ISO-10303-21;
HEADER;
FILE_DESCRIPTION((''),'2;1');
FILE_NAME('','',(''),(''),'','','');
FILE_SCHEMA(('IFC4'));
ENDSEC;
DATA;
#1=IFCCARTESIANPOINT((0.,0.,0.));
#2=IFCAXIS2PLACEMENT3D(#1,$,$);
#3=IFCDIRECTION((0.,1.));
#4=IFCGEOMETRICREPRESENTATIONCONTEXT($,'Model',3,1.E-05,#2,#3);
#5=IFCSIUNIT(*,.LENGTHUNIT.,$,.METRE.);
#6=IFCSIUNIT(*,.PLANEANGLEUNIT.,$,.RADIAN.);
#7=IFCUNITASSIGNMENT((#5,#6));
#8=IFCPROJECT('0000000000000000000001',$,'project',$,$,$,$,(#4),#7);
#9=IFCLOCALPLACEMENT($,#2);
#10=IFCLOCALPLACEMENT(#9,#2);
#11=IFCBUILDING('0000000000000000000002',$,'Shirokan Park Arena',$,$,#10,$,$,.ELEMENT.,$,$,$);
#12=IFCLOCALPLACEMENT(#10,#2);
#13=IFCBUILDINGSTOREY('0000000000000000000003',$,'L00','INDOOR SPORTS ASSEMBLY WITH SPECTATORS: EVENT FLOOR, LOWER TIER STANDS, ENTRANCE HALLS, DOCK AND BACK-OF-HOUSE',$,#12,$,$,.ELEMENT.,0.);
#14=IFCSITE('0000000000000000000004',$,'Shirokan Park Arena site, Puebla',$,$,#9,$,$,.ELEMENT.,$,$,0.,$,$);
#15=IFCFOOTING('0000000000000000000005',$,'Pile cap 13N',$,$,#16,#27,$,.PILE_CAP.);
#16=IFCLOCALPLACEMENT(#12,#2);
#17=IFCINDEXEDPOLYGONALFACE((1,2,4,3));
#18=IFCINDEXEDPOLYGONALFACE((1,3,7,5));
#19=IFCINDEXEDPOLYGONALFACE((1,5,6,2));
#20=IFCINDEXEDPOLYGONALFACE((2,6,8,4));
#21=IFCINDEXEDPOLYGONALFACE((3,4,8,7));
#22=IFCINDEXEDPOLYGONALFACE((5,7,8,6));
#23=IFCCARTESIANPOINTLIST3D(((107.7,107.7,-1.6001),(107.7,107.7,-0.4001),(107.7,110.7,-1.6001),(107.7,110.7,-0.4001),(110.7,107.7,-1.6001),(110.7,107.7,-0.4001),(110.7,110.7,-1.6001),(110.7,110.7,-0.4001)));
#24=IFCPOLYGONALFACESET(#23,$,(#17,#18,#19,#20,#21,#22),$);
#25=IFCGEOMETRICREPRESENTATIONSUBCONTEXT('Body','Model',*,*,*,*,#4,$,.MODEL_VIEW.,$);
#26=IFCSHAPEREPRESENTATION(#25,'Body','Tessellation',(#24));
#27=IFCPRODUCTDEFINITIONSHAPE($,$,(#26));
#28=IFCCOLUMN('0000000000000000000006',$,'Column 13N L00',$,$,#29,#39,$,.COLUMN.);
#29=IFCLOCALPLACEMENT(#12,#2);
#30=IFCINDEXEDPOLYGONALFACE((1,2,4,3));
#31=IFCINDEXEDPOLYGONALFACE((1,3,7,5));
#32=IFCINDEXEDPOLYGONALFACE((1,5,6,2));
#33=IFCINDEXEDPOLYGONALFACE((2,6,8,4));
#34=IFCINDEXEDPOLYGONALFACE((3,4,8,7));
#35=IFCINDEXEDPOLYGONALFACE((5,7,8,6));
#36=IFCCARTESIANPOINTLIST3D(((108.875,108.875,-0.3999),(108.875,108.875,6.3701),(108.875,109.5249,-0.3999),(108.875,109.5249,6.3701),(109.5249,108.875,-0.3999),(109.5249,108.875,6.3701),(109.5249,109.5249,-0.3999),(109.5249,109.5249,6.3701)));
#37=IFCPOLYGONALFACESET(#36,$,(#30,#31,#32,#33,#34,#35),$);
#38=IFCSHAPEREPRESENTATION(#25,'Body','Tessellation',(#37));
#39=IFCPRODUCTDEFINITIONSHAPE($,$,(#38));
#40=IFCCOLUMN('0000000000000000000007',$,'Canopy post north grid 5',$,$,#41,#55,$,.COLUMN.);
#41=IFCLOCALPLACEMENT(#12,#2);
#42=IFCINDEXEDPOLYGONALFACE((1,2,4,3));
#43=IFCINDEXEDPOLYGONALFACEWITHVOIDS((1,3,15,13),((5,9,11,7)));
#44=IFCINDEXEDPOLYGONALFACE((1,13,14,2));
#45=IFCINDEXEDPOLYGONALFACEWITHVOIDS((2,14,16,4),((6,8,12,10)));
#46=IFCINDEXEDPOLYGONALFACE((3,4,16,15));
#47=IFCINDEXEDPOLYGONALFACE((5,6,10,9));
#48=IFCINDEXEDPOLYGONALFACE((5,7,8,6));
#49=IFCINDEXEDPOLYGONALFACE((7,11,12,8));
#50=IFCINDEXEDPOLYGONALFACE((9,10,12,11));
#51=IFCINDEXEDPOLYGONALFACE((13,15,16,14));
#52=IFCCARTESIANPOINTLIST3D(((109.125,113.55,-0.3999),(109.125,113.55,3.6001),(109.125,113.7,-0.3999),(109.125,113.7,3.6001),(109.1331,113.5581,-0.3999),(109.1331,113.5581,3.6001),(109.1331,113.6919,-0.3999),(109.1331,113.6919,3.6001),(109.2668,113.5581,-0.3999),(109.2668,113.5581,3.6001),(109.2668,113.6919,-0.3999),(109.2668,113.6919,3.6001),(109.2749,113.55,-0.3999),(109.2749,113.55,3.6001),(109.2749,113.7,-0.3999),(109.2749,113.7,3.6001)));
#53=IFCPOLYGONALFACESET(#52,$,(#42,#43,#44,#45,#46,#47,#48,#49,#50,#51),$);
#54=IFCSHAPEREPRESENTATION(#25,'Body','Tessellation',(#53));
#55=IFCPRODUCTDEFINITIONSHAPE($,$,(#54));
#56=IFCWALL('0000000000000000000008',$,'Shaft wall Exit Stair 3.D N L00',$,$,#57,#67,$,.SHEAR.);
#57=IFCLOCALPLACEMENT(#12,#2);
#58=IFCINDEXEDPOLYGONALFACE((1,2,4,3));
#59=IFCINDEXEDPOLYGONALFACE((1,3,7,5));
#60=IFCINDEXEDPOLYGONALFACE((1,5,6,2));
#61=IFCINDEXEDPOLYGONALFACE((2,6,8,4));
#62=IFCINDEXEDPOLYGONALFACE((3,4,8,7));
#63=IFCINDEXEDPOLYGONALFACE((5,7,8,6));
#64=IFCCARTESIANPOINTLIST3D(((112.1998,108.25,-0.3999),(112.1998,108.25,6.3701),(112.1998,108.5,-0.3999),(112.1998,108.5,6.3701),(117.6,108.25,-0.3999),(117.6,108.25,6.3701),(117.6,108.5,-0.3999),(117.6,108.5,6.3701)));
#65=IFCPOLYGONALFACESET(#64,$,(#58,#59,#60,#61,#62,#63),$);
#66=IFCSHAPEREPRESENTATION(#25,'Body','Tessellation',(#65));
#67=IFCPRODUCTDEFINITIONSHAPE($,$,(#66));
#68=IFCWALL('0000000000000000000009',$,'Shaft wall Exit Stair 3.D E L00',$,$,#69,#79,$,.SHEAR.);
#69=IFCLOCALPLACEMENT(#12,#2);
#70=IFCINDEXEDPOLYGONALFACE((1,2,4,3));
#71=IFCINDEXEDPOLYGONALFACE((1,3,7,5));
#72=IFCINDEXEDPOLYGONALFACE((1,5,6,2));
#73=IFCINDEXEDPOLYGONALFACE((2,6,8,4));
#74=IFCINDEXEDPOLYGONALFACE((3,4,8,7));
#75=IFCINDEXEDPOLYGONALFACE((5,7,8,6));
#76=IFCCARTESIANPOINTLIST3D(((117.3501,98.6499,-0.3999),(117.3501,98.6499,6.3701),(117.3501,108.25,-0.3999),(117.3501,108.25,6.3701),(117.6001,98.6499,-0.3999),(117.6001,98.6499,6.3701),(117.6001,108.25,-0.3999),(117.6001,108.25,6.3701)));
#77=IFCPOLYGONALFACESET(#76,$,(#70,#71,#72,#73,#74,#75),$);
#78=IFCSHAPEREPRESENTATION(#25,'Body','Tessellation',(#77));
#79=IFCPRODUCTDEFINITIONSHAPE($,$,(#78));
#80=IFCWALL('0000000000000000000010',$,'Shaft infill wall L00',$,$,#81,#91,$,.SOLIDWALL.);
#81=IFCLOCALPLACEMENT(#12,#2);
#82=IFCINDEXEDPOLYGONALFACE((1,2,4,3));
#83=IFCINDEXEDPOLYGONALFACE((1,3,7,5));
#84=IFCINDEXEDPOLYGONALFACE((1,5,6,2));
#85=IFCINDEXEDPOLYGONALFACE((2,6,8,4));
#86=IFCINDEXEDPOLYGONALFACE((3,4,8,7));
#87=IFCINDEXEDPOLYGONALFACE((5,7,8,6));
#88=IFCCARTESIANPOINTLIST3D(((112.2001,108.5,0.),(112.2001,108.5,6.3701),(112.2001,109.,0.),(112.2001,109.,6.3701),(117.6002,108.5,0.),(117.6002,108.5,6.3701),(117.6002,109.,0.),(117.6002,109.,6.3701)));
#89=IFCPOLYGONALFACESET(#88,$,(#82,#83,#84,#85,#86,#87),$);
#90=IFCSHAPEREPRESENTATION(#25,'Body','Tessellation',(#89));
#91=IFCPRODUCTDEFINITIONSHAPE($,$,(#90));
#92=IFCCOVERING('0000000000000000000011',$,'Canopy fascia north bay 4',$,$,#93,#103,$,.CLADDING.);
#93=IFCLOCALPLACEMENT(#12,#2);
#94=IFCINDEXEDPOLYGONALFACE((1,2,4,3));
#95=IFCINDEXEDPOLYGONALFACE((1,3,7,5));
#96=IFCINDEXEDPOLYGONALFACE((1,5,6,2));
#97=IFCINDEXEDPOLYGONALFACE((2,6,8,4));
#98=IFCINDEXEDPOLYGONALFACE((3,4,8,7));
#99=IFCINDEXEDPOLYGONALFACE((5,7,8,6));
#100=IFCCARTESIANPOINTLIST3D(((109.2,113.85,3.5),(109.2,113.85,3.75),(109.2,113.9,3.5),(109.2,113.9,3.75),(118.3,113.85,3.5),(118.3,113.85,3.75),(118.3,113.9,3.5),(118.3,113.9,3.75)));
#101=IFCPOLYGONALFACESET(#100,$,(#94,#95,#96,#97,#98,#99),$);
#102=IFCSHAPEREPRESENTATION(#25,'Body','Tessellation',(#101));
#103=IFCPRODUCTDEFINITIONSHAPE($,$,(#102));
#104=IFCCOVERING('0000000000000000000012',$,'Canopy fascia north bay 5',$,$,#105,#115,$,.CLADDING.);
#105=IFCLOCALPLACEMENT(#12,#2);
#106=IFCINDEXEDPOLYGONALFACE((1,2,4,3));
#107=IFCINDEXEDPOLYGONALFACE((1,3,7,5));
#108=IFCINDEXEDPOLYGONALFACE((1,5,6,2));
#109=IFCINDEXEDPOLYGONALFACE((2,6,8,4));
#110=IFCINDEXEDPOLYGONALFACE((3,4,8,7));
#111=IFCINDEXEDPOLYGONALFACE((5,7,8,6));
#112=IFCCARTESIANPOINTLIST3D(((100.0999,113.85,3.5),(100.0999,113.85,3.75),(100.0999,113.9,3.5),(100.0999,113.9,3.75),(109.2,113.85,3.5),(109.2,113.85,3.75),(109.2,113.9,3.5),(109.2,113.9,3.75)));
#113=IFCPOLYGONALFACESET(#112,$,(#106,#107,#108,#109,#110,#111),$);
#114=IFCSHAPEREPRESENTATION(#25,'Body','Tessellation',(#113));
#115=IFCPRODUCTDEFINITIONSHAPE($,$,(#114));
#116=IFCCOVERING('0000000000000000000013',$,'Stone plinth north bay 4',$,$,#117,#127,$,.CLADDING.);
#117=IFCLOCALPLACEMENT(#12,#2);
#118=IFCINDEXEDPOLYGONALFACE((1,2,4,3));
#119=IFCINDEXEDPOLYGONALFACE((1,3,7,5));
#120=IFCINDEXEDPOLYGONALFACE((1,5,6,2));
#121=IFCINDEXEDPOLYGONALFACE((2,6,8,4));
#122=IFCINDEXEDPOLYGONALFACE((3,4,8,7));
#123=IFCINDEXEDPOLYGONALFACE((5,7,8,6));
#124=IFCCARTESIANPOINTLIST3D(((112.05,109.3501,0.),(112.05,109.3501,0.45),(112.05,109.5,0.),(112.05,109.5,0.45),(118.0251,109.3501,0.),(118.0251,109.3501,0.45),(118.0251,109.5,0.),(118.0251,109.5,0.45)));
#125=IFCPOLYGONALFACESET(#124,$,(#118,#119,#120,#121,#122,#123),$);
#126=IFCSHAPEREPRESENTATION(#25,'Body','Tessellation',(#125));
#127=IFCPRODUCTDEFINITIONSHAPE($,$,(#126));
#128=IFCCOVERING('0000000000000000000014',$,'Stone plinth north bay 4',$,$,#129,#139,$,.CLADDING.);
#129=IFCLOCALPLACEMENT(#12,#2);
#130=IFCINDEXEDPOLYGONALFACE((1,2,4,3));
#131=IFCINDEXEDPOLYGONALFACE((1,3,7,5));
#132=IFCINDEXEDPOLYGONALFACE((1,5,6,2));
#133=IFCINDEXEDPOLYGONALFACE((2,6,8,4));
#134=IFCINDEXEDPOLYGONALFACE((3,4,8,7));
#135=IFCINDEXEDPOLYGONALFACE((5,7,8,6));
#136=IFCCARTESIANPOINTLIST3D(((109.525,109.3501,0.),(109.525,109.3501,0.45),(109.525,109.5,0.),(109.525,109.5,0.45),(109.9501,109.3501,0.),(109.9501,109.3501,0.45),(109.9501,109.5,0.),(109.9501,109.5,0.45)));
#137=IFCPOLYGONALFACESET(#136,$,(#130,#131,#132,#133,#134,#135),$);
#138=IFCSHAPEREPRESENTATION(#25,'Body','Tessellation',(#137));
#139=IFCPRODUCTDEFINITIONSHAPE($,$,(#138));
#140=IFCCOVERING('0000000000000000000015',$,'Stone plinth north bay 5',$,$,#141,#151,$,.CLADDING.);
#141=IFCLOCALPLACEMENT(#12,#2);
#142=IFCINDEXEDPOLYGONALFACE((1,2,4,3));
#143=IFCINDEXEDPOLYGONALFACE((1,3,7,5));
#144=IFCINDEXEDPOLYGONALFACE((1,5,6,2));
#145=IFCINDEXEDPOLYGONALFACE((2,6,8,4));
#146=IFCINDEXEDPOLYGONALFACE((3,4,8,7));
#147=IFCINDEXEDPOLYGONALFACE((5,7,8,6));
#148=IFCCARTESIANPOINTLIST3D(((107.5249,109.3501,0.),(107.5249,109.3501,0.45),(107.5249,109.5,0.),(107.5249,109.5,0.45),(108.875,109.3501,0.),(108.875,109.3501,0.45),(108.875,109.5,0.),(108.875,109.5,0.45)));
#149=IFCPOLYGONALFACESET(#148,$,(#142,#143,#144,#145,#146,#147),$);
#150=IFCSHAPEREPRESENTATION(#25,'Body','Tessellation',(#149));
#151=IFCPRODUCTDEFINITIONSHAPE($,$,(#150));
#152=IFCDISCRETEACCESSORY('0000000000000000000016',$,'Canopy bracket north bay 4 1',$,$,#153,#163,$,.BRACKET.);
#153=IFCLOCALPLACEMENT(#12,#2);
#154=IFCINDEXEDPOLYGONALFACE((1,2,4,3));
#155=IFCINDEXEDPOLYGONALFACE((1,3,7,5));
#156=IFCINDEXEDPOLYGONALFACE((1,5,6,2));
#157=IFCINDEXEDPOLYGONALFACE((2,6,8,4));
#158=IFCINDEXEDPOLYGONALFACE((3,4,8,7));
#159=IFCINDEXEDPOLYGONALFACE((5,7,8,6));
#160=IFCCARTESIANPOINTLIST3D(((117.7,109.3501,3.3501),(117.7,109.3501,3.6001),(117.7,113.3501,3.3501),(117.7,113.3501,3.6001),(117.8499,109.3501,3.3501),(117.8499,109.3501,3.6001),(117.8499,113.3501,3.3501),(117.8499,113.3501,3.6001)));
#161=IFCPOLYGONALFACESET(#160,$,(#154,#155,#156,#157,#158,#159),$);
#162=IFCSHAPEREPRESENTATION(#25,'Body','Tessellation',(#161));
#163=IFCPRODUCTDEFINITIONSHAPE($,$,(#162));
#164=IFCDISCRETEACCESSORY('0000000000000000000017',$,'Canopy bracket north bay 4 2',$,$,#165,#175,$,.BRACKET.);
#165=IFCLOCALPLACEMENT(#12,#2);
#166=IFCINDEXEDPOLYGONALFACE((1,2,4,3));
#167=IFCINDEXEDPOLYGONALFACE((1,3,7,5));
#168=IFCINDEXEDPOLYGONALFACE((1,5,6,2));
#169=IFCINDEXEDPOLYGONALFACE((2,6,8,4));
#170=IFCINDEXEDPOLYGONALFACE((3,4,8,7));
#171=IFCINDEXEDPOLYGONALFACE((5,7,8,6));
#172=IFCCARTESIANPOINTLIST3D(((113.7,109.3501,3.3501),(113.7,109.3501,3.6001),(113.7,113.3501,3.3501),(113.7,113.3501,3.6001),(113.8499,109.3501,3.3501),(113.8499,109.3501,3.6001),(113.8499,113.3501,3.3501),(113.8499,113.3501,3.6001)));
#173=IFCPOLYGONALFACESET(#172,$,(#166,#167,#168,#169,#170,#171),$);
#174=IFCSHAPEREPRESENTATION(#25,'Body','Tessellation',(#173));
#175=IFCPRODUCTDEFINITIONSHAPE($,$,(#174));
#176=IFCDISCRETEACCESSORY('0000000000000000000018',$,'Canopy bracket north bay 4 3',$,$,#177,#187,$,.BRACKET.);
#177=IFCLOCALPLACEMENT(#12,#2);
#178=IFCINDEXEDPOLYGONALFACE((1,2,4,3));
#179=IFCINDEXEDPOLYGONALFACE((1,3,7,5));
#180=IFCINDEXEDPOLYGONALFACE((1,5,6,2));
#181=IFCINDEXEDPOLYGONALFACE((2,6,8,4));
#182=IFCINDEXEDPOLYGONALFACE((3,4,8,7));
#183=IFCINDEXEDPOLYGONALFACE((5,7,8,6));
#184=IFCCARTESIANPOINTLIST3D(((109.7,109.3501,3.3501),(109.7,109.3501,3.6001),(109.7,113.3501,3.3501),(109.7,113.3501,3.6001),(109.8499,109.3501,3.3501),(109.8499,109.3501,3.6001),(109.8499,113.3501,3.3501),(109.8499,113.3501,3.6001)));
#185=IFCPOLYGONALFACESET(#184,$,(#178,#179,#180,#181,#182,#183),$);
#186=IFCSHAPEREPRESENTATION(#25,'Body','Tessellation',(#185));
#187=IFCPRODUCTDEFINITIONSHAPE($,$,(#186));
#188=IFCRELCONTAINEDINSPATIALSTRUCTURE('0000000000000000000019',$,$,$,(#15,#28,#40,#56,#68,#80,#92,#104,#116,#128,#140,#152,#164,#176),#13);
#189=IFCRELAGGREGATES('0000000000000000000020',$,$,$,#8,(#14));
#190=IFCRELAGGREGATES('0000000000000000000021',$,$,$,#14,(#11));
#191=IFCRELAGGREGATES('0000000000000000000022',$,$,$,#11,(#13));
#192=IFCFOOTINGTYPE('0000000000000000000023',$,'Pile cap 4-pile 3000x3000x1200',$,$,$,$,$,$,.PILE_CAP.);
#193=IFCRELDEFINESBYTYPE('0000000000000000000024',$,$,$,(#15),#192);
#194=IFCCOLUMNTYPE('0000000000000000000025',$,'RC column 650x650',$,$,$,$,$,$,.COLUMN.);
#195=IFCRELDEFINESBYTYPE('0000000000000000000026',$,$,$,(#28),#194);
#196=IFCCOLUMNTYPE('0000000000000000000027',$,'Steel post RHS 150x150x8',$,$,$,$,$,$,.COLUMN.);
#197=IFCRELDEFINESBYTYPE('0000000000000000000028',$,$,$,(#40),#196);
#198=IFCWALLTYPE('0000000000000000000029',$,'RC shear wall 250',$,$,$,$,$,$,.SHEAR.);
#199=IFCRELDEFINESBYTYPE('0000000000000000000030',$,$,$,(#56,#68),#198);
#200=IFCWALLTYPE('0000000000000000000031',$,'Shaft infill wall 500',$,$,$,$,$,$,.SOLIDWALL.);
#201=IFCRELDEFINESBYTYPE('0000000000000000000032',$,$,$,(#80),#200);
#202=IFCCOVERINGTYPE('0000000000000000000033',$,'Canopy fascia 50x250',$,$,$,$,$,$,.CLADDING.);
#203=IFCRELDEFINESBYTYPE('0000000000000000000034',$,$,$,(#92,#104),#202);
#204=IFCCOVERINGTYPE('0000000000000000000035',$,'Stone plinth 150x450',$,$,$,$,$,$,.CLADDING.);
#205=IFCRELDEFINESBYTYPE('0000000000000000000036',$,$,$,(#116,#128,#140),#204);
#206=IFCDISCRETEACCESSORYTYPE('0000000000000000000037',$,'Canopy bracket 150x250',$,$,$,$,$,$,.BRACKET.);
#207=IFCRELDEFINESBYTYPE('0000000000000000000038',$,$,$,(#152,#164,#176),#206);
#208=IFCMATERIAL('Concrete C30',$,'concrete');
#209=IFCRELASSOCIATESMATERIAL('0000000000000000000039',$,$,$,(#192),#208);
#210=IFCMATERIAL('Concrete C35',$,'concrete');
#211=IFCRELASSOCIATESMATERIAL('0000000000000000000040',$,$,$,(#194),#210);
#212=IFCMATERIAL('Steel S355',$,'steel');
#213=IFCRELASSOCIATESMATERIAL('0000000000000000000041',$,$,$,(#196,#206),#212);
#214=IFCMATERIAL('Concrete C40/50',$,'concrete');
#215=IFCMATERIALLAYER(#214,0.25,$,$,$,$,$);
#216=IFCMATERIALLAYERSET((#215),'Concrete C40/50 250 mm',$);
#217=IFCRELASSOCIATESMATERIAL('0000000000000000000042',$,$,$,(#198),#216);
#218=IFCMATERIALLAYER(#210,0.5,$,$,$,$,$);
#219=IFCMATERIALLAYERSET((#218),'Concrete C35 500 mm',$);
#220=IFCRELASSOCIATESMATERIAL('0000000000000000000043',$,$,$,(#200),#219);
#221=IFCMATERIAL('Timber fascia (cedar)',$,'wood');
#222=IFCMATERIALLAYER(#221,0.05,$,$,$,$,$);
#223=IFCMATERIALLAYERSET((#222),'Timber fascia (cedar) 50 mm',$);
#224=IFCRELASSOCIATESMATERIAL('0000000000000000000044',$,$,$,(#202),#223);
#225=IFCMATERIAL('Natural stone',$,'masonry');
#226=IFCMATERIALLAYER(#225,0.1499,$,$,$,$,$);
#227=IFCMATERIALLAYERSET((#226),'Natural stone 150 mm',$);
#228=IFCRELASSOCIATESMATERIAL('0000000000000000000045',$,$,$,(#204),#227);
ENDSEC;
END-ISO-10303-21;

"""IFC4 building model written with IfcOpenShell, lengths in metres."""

from ifc_helpers import new_model, si_unit, direction, frame, frame_2d, origin, origin_2d, place, context, subcontext, project, spatial, rectangle, hollow_rectangle, extrude, material, layer, layer_set, material_profile, profile_set, type_object, element, save


model = new_model("IFC4")

# Units and contexts
model_context = context("Model", 3, precision=1e-05, world=origin(), true_north=direction((0.0, 1.0)))
body_context = subcontext(model_context, "Body", "Model", "MODEL_VIEW")
ifc_project = project(units=[si_unit("LENGTHUNIT", "METRE"), si_unit("PLANEANGLEUNIT", "RADIAN")], contexts=[model_context])

# Site, building, storey
site_placement = place(None, origin())
site = spatial("IfcSite", under=ifc_project, at=site_placement, Name="Shirokan Park Arena site, Puebla", CompositionType="ELEMENT", RefElevation=0.0)
building_placement = place(site_placement, origin())
building = spatial("IfcBuilding", under=site, at=building_placement, Name="Shirokan Park Arena", CompositionType="ELEMENT")
storey_placement = place(building_placement, origin())
storey = spatial("IfcBuildingStorey", under=building, at=storey_placement, Name="L00", Description="INDOOR SPORTS ASSEMBLY WITH SPECTATORS: EVENT FLOOR, LOWER TIER STANDS, ENTRANCE HALLS, DOCK AND BACK-OF-HOUSE", CompositionType="ELEMENT", Elevation=0.0)

# Shared definitions
ifc_material_1 = material(Name="Concrete C30", Category="concrete")

# Footing
footing_type_1 = type_object("IfcFootingType", Name="Pile cap 4-pile 3000x3000x1200", PredefinedType="PILE_CAP", material=ifc_material_1)
footing_1_placement = place(storey_placement, frame((109.2, 109.2, -1.6001), z_axis=(0.0, 0.0, 1.0), x_axis=(1.0, 0.0, 0.0)))
element("IfcFooting", 1, at=footing_1_placement, inside=storey, type_object=footing_type_1, Name="Pile cap 13N", PredefinedType="PILE_CAP", context=body_context, shape_type="SweptSolid", body=[
    extrude(rectangle(XDim=3.0, YDim=3.0, at=origin_2d()), origin(), (0.0, 0.0, 1.0), 1.2),
])

# Columns
ifc_material_2 = material(Name="Concrete C35", Category="concrete")
ifc_material_profile_1 = material_profile(ifc_material_2, rectangle(XDim=0.6499, YDim=0.6499, at=origin_2d()), Name="650x650")
ifc_profile_set_1 = profile_set([ifc_material_profile_1], Name="Concrete C35")
column_type_1 = type_object("IfcColumnType", Name="RC column 650x650", PredefinedType="COLUMN", material=ifc_profile_set_1)
column_1_placement = place(storey_placement, frame((109.2, 109.2, -0.3999), z_axis=(0.0, 0.0, 1.0), x_axis=(1.0, 0.0, 0.0)))
element("IfcColumn", 2, at=column_1_placement, inside=storey, type_object=column_type_1, Name="Column 13N L00", PredefinedType="COLUMN", context=body_context, shape_type="SweptSolid", body=[
    extrude(rectangle(XDim=0.6499, YDim=0.6499, at=origin_2d()), origin(), (0.0, 0.0, 1.0), 6.77),
])
ifc_material_3 = material(Name="Steel S355", Category="steel")
ifc_material_profile_2 = material_profile(ifc_material_3, hollow_rectangle(XDim=0.1499, YDim=0.1499, WallThickness=0.0081, at=origin_2d()), Name="RHS 150x150x8")
ifc_profile_set_2 = profile_set([ifc_material_profile_2], Name="Steel S355")
column_type_2 = type_object("IfcColumnType", Name="Steel post RHS 150x150x8", PredefinedType="COLUMN", material=ifc_profile_set_2)
column_2_placement = place(storey_placement, frame((109.2, 113.625, -0.3999), z_axis=(0.0, 0.0, 1.0), x_axis=(1.0, 0.0, 0.0)))
element("IfcColumn", 3, at=column_2_placement, inside=storey, type_object=column_type_2, Name="Canopy post north grid 5", PredefinedType="COLUMN", context=body_context, shape_type="SweptSolid", body=[
    extrude(hollow_rectangle(XDim=0.1499, YDim=0.1499, WallThickness=0.0081, at=origin_2d()), origin(), (0.0, 0.0, 1.0), 4.0),
])

# Walls
ifc_material_4 = material(Name="Concrete C40/50", Category="concrete")
ifc_layer_1 = layer(ifc_material_4, 0.25)
ifc_layer_set_1 = layer_set([ifc_layer_1], Name="Concrete C40/50 250 mm")
wall_type_1 = type_object("IfcWallType", Name="RC shear wall 250", PredefinedType="SHEAR", material=ifc_layer_set_1)
wall_1_placement = place(storey_placement, frame((117.6001, 108.375, -0.3999), z_axis=(0.0, 0.0, 1.0), x_axis=(-1.0, 0.0, 0.0)))
element("IfcWall", 4, at=wall_1_placement, inside=storey, type_object=wall_type_1, Name="Shaft wall Exit Stair 3.D N L00", PredefinedType="SHEAR", context=body_context, shape_type="SweptSolid", body=[
    extrude(rectangle(XDim=5.4001, YDim=0.25, at=frame_2d((2.7002, 0.0))), origin(), (0.0, 0.0, 1.0), 6.77),
])
wall_2_placement = place(storey_placement, frame((117.4751, 108.25, -0.3999), z_axis=(0.0, 0.0, 1.0), x_axis=(0.0, -1.0, 0.0)))
element("IfcWall", 5, at=wall_2_placement, inside=storey, type_object=wall_type_1, Name="Shaft wall Exit Stair 3.D E L00", PredefinedType="SHEAR", context=body_context, shape_type="SweptSolid", body=[
    extrude(rectangle(XDim=9.6001, YDim=0.25, at=frame_2d((4.8, 0.0))), origin(), (0.0, 0.0, 1.0), 6.77),
])
ifc_layer_2 = layer(ifc_material_2, 0.5)
ifc_layer_set_2 = layer_set([ifc_layer_2], Name="Concrete C35 500 mm")
wall_type_2 = type_object("IfcWallType", Name="Shaft infill wall 500", PredefinedType="SOLIDWALL", material=ifc_layer_set_2)
wall_3_placement = place(storey_placement, frame((112.2, 108.75, 0.0), z_axis=(0.0, 0.0, 1.0), x_axis=(1.0, 0.0, 0.0)))
element("IfcWall", 6, at=wall_3_placement, inside=storey, type_object=wall_type_2, Name="Shaft infill wall L00", PredefinedType="SOLIDWALL", context=body_context, shape_type="SweptSolid", body=[
    extrude(rectangle(XDim=5.4001, YDim=0.5, at=frame_2d((2.7002, 0.0))), origin(), (0.0, 0.0, 1.0), 6.3701),
])

# Coverings
ifc_material_5 = material(Name="Timber fascia (cedar)", Category="wood")
ifc_layer_3 = layer(ifc_material_5, 0.05)
ifc_layer_set_3 = layer_set([ifc_layer_3], Name="Timber fascia (cedar) 50 mm")
covering_type_1 = type_object("IfcCoveringType", Name="Canopy fascia 50x250", PredefinedType="CLADDING", material=ifc_layer_set_3)
for number, where, z_axis, x_axis, name in (
    (7, (113.75, 113.875, 3.5), (0.0, 0.0, 1.0), (-1.0, 0.0, 0.0), "Canopy fascia north bay 4"),
    (8, (104.6499, 113.875, 3.5), (0.0, 0.0, 1.0), (-1.0, 0.0, 0.0), "Canopy fascia north bay 5"),
):
    element("IfcCovering", number, at=place(storey_placement, frame(where, z_axis=z_axis, x_axis=x_axis)), inside=storey, type_object=covering_type_1, Name=name, PredefinedType="CLADDING", context=body_context, shape_type="SweptSolid", body=[
        extrude(rectangle(XDim=9.1001, YDim=0.05, at=origin_2d()), origin(), (0.0, 0.0, 1.0), 0.25),
    ])
ifc_material_6 = material(Name="Natural stone", Category="masonry")
ifc_layer_4 = layer(ifc_material_6, 0.1499)
ifc_layer_set_4 = layer_set([ifc_layer_4], Name="Natural stone 150 mm")
covering_type_2 = type_object("IfcCoveringType", Name="Stone plinth 150x450", PredefinedType="CLADDING", material=ifc_layer_set_4)
covering_1_placement = place(storey_placement, frame((115.0376, 109.425, 0.0), z_axis=(0.0, 0.0, 1.0), x_axis=(-1.0, 0.0, 0.0)))
element("IfcCovering", 9, at=covering_1_placement, inside=storey, type_object=covering_type_2, Name="Stone plinth north bay 4", PredefinedType="CLADDING", context=body_context, shape_type="SweptSolid", body=[
    extrude(rectangle(XDim=5.9751, YDim=0.1499, at=origin_2d()), origin(), (0.0, 0.0, 1.0), 0.45),
])
covering_2_placement = place(storey_placement, frame((109.7375, 109.425, 0.0), z_axis=(0.0, 0.0, 1.0), x_axis=(-1.0, 0.0, 0.0)))
element("IfcCovering", 10, at=covering_2_placement, inside=storey, type_object=covering_type_2, Name="Stone plinth north bay 4", PredefinedType="CLADDING", context=body_context, shape_type="SweptSolid", body=[
    extrude(rectangle(XDim=0.425, YDim=0.1499, at=origin_2d()), origin(), (0.0, 0.0, 1.0), 0.45),
])
covering_3_placement = place(storey_placement, frame((108.2, 109.425, 0.0), z_axis=(0.0, 0.0, 1.0), x_axis=(-1.0, 0.0, 0.0)))
element("IfcCovering", 11, at=covering_3_placement, inside=storey, type_object=covering_type_2, Name="Stone plinth north bay 5", PredefinedType="CLADDING", context=body_context, shape_type="SweptSolid", body=[
    extrude(rectangle(XDim=1.3501, YDim=0.1499, at=origin_2d()), origin(), (0.0, 0.0, 1.0), 0.45),
])

# Discrete accessories
discrete_accessory_type = type_object("IfcDiscreteAccessoryType", Name="Canopy bracket 150x250", PredefinedType="BRACKET", material=ifc_material_3)
for number, where, z_axis, x_axis, name in (
    (12, (117.7749, 111.3501, 3.3501), (0.0, 0.0, 1.0), (-1.0, 0.0, 0.0), "Canopy bracket north bay 4 1"),
    (13, (113.7749, 111.3501, 3.3501), (0.0, 0.0, 1.0), (-1.0, 0.0, 0.0), "Canopy bracket north bay 4 2"),
    (14, (109.7749, 111.3501, 3.3501), (0.0, 0.0, 1.0), (-1.0, 0.0, 0.0), "Canopy bracket north bay 4 3"),
):
    element("IfcDiscreteAccessory", number, at=place(storey_placement, frame(where, z_axis=z_axis, x_axis=x_axis)), inside=storey, type_object=discrete_accessory_type, Name=name, PredefinedType="BRACKET", context=body_context, shape_type="SweptSolid", body=[
        extrude(rectangle(XDim=0.1499, YDim=4.0, at=origin_2d()), origin(), (0.0, 0.0, 1.0), 0.25),
    ])

save(model, "model.ifc")
